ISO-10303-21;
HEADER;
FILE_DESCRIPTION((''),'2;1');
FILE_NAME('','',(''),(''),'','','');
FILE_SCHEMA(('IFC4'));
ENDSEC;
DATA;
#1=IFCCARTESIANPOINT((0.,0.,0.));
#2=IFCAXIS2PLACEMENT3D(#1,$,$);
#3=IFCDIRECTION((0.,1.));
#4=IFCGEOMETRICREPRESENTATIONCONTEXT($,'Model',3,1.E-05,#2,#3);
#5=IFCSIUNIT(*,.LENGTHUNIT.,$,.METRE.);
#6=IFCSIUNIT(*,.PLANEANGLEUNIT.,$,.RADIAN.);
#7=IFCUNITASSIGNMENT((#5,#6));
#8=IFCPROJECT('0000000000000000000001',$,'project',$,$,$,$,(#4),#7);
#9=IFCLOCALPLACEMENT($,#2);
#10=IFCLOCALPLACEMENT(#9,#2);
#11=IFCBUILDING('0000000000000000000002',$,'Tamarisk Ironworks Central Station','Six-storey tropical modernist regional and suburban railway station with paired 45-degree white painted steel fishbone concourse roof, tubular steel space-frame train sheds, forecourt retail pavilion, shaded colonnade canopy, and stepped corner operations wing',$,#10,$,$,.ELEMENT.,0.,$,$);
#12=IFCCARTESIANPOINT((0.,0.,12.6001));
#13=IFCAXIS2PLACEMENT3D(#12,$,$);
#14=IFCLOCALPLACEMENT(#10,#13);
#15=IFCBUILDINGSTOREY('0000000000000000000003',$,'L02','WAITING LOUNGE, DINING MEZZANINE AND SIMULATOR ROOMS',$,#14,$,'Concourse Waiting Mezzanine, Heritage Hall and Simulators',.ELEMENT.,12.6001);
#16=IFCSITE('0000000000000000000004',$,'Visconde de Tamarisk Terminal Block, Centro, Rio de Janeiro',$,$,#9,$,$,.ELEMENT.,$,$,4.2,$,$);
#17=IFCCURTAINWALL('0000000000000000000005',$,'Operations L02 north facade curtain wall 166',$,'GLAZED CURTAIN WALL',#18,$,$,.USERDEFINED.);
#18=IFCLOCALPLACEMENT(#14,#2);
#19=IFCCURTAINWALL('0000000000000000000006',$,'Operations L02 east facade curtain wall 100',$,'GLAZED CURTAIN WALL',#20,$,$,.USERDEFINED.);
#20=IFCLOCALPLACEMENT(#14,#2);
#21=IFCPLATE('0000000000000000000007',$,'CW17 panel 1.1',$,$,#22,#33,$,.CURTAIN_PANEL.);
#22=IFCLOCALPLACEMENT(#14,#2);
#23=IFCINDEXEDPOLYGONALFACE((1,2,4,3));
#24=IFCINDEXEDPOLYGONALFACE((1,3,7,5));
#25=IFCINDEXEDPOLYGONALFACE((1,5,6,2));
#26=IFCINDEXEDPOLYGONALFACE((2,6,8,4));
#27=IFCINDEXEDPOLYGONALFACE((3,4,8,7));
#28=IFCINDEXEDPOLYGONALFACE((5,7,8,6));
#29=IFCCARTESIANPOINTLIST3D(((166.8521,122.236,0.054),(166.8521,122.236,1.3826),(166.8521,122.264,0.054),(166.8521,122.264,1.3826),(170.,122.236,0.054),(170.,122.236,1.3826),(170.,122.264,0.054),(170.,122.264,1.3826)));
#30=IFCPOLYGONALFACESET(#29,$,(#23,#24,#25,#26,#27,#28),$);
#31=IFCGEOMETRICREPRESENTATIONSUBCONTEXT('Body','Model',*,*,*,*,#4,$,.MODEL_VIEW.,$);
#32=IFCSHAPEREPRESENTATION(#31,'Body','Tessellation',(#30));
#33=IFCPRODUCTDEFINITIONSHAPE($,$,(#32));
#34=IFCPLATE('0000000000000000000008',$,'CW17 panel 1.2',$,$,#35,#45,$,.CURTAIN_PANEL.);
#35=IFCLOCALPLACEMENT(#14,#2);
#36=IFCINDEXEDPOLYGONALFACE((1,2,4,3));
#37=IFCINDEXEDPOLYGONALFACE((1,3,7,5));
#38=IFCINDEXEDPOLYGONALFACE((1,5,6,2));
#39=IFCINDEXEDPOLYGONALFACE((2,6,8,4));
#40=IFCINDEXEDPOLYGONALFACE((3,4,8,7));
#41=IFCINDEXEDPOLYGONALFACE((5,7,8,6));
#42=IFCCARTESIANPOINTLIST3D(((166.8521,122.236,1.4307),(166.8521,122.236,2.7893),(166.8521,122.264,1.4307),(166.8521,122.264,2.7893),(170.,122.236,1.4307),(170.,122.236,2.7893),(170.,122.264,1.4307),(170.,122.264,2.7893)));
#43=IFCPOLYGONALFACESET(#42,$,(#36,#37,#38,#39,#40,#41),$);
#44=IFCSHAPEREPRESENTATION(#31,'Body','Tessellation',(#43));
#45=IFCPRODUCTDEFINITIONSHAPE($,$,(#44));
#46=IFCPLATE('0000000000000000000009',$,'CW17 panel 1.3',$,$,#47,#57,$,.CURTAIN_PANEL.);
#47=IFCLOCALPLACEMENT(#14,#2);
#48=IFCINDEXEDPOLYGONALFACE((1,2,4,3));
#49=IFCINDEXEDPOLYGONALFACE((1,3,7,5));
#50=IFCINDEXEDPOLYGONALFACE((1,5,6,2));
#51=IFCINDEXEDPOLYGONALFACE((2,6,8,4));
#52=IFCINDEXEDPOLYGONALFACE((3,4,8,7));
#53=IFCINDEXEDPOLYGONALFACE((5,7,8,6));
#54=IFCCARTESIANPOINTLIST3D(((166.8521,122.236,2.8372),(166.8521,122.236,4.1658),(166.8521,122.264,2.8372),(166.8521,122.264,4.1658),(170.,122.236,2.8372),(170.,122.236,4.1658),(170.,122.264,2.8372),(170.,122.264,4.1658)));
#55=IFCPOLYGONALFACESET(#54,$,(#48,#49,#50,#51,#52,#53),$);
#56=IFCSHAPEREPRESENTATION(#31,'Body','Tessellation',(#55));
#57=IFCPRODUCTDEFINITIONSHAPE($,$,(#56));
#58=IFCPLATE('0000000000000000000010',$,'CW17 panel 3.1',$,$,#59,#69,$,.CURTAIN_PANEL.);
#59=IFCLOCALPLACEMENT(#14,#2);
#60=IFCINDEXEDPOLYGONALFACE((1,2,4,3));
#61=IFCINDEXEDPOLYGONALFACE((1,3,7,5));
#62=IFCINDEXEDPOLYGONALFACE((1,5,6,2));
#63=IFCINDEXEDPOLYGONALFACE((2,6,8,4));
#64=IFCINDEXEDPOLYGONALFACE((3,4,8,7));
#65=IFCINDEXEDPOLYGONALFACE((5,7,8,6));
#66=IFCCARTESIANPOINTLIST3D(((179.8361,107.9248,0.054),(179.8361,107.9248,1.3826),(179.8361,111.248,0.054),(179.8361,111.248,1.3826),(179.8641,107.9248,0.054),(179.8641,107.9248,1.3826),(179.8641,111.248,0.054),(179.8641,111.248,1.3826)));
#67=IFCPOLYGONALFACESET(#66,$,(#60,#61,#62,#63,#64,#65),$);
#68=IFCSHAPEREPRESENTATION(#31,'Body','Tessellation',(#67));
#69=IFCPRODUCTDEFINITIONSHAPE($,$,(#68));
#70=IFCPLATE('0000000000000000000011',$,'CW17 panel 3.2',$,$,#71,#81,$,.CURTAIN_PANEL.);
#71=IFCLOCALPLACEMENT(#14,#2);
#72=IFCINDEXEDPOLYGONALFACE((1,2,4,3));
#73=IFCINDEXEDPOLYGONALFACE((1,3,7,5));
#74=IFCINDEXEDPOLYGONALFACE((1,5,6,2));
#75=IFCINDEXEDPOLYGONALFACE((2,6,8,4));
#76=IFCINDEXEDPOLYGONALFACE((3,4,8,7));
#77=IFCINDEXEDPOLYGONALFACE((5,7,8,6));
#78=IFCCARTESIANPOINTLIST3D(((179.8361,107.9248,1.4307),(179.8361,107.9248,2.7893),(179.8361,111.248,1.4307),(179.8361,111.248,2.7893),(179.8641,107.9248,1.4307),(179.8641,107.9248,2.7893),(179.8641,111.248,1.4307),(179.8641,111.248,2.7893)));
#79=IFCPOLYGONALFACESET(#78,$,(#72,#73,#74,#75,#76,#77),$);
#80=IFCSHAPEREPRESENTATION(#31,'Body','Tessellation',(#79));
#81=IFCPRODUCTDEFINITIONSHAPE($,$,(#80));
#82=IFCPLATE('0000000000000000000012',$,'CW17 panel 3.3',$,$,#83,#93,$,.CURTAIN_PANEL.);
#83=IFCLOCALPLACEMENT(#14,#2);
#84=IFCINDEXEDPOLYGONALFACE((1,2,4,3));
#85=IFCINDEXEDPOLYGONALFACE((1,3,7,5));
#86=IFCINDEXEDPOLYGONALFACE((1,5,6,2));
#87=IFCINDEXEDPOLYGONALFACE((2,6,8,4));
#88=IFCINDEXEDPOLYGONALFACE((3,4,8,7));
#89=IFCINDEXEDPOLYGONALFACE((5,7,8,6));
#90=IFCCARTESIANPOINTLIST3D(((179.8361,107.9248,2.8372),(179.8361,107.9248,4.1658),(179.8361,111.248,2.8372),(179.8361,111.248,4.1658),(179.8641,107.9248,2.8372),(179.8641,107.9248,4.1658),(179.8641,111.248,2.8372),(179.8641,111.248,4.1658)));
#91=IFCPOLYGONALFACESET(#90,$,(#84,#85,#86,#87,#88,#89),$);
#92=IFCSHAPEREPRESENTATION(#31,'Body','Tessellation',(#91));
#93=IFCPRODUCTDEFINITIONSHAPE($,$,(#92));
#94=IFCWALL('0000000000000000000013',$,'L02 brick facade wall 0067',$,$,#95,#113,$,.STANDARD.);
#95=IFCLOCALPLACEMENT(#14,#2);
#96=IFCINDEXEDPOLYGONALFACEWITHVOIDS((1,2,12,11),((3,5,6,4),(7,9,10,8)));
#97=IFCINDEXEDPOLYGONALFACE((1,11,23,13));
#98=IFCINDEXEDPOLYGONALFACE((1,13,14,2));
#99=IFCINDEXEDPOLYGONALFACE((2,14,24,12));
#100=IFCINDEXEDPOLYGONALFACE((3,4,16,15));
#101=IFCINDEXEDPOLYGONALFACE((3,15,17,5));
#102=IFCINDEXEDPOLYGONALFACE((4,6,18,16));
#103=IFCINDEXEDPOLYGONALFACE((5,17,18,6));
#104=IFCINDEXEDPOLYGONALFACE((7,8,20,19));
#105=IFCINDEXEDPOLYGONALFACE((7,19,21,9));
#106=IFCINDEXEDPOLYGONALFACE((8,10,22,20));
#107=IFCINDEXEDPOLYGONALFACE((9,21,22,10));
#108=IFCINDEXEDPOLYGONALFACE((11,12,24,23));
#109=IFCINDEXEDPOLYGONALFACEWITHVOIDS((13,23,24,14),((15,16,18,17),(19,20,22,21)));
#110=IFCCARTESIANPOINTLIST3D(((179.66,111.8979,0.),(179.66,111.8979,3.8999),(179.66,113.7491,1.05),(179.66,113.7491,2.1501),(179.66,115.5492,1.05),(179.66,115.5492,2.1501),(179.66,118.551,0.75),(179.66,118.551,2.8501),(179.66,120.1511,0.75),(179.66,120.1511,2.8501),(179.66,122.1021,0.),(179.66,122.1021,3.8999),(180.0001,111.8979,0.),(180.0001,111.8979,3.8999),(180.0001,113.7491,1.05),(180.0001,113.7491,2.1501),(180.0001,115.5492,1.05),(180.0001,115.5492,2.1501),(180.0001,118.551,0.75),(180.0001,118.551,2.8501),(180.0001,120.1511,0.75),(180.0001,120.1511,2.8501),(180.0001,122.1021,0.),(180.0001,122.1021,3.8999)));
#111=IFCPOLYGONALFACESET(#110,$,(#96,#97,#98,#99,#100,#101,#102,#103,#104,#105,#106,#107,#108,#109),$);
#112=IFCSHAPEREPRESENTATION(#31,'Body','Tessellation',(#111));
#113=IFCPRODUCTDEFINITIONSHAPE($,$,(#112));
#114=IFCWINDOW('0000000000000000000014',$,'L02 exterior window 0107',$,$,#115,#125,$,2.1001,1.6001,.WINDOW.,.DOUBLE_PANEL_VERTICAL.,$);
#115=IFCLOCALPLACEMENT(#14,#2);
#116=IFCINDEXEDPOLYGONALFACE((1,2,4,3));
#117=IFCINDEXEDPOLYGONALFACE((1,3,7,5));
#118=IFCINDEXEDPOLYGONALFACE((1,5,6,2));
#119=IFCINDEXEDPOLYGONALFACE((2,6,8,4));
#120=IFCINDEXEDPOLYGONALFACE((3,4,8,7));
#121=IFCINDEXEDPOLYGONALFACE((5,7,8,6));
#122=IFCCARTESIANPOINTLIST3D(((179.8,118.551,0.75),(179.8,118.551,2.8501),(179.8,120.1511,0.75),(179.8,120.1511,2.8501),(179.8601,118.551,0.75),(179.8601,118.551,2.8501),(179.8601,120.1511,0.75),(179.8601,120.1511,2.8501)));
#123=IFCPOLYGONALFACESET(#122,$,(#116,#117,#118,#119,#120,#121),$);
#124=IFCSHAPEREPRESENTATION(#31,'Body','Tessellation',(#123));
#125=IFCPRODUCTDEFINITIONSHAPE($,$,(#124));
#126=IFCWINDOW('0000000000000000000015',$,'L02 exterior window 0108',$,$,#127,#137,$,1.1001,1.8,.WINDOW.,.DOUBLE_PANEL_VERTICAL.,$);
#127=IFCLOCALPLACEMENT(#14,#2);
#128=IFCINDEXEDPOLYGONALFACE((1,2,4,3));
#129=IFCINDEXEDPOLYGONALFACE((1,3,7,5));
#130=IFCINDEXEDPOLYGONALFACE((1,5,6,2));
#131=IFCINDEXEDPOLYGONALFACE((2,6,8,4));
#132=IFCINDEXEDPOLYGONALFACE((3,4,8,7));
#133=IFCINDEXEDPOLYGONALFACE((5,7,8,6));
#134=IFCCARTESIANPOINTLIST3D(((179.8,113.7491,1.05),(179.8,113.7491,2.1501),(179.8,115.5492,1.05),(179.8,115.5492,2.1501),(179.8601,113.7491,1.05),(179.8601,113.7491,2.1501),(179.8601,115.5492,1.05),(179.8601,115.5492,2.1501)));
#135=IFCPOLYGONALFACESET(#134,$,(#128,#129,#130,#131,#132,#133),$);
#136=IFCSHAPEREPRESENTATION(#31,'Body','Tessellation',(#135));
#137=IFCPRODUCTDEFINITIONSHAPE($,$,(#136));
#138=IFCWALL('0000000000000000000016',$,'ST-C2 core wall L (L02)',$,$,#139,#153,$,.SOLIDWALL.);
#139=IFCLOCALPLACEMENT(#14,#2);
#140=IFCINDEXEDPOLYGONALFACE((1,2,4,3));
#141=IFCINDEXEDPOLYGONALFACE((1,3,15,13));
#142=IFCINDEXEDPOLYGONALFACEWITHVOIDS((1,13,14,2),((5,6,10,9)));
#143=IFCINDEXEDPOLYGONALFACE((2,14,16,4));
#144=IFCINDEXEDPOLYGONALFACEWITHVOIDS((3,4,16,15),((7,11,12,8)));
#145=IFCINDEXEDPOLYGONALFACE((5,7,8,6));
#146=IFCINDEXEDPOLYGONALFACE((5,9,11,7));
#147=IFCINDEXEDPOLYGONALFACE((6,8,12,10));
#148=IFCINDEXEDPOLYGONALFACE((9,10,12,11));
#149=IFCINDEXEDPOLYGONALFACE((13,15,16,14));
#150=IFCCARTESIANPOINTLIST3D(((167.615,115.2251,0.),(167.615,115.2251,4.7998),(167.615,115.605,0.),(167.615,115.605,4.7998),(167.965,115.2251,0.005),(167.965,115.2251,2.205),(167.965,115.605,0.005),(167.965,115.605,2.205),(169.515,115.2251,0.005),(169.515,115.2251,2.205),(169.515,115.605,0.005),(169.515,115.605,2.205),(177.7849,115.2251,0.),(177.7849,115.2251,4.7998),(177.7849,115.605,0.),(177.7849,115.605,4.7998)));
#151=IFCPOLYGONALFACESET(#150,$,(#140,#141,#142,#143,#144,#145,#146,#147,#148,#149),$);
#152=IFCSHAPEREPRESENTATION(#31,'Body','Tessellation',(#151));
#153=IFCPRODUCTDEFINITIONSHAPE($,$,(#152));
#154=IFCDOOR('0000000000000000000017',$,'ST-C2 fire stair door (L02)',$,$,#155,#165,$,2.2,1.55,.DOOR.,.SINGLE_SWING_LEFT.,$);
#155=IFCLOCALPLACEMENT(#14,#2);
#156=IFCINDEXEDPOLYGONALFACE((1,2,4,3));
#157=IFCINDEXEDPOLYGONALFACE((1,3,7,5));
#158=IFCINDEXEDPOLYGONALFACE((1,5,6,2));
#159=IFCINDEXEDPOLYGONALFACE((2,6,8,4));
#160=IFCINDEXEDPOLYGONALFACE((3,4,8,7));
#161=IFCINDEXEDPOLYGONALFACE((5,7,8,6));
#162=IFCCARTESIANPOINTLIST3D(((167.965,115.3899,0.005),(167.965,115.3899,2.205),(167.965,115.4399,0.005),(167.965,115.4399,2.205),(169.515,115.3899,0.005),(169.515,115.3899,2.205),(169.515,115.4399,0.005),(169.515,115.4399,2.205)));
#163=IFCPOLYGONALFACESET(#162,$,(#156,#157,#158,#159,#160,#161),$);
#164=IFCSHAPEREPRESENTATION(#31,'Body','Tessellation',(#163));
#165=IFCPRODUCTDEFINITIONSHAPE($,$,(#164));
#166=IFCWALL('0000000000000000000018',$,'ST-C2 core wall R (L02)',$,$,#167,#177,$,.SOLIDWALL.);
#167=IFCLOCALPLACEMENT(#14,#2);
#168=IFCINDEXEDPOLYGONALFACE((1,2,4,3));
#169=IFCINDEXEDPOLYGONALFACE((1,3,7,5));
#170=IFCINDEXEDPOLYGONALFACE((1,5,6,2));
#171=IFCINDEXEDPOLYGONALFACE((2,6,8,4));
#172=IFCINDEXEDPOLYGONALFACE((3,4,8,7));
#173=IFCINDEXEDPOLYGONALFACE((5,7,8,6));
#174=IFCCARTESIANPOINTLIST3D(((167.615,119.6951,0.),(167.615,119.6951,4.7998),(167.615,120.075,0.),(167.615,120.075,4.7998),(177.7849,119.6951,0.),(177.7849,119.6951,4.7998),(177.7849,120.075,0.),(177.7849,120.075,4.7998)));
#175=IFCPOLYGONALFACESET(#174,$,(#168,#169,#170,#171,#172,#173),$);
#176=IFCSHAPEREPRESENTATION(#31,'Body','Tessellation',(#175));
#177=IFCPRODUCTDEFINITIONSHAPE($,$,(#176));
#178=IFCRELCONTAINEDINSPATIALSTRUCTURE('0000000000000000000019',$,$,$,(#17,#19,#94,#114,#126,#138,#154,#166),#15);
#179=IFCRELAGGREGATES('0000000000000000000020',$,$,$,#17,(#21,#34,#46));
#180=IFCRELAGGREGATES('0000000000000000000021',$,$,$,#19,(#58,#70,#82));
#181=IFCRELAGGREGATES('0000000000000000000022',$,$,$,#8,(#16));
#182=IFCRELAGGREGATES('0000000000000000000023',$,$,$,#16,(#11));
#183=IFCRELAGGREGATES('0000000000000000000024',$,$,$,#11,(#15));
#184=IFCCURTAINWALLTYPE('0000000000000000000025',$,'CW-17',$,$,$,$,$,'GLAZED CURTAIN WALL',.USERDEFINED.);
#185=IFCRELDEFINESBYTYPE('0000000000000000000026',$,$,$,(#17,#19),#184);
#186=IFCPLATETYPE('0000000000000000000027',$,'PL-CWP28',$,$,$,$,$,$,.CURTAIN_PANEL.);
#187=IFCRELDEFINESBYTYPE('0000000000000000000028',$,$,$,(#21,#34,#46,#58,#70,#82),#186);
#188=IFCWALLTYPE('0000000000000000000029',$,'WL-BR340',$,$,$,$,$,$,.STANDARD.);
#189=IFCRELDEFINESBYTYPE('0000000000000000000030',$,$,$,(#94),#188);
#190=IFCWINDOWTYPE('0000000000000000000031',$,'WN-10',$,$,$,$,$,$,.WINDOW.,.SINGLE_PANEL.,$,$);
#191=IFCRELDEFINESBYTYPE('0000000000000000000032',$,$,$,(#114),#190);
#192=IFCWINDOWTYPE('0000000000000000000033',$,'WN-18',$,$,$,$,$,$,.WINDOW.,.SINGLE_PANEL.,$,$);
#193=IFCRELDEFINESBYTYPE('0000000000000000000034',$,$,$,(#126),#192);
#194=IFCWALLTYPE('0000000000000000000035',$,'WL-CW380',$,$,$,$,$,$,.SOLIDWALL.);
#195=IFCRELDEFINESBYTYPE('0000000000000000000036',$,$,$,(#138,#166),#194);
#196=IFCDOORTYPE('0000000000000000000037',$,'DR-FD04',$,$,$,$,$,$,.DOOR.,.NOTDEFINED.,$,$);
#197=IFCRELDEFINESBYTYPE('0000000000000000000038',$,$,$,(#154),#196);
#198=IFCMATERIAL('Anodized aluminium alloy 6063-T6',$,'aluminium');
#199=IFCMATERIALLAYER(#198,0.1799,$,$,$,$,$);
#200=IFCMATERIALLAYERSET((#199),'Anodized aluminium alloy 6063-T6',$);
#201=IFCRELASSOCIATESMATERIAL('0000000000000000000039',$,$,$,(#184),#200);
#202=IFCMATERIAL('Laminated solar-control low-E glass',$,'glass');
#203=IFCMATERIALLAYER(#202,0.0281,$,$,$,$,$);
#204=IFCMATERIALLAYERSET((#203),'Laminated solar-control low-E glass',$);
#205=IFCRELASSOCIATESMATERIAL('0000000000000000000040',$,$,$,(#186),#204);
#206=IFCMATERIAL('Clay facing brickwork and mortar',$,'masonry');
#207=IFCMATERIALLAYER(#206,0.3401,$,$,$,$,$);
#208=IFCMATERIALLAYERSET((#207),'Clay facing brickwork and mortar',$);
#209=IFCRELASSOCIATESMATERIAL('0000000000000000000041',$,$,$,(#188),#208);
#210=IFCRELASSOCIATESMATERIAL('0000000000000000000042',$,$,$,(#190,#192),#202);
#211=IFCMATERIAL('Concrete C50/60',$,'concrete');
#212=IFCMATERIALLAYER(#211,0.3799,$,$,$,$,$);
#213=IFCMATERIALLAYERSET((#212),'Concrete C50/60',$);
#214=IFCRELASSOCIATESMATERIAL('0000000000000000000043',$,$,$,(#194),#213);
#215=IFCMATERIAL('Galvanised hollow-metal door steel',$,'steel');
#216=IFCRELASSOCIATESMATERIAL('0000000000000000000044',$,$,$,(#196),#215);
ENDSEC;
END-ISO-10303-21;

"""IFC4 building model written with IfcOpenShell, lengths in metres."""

from ifc_helpers import new_model, si_unit, direction, frame, frame_2d, origin, origin_2d, place, context, subcontext, project, spatial, rectangle, extrude, material, layer, layer_set, type_object, element, fill, aggregate, save


model = new_model("IFC4")

# Units and contexts
model_context = context("Model", 3, precision=1e-05, world=origin(), true_north=direction((0.0, 1.0)))
body_context = subcontext(model_context, "Body", "Model", "MODEL_VIEW")
ifc_project = project(units=[si_unit("LENGTHUNIT", "METRE"), si_unit("PLANEANGLEUNIT", "RADIAN")], contexts=[model_context])

# Site, building, storey
site_placement = place(None, origin())
site = spatial("IfcSite", under=ifc_project, at=site_placement, Name="Visconde de Tamarisk Terminal Block, Centro, Rio de Janeiro", CompositionType="ELEMENT", RefElevation=4.2)
building_placement = place(site_placement, origin())
building = spatial("IfcBuilding", under=site, at=building_placement, Name="Tamarisk Ironworks Central Station", Description="Six-storey tropical modernist regional and suburban railway station with paired 45-degree white painted steel fishbone concourse roof, tubular steel space-frame train sheds, forecourt retail pavilion, shaded colonnade canopy, and stepped corner operations wing", CompositionType="ELEMENT", ElevationOfRefHeight=0.0)
storey_placement = place(building_placement, frame((0.0, 0.0, 12.6001)))
storey = spatial("IfcBuildingStorey", under=building, at=storey_placement, Name="L02", Description="WAITING LOUNGE, DINING MEZZANINE AND SIMULATOR ROOMS", LongName="Concourse Waiting Mezzanine, Heritage Hall and Simulators", CompositionType="ELEMENT", Elevation=12.6001)

# Shared definitions
ifc_material_1 = material(Name="Concrete C50/60", Category="concrete")

# Curtain walls
ifc_material_2 = material(Name="Anodized aluminium alloy 6063-T6", Category="aluminium")
ifc_layer_1 = layer(ifc_material_2, 0.1799)
ifc_layer_set_1 = layer_set([ifc_layer_1], Name="Anodized aluminium alloy 6063-T6")
curtain_wall_type = type_object("IfcCurtainWallType", Name="CW-17", ElementType="GLAZED CURTAIN WALL", PredefinedType="USERDEFINED", material=ifc_layer_set_1)
curtain_wall_1_placement = place(storey_placement, origin())
curtain_wall_1 = element("IfcCurtainWall", 1, at=curtain_wall_1_placement, inside=storey, type_object=curtain_wall_type, Name="Operations L02 north facade curtain wall 166", ObjectType="GLAZED CURTAIN WALL", PredefinedType="USERDEFINED")
curtain_wall_2_placement = place(storey_placement, origin())
curtain_wall_2 = element("IfcCurtainWall", 2, at=curtain_wall_2_placement, inside=storey, type_object=curtain_wall_type, Name="Operations L02 east facade curtain wall 100", ObjectType="GLAZED CURTAIN WALL", PredefinedType="USERDEFINED")

# Plates
ifc_material_3 = material(Name="Laminated solar-control low-E glass", Category="glass")
ifc_layer_2 = layer(ifc_material_3, 0.0281)
ifc_layer_set_2 = layer_set([ifc_layer_2], Name="Laminated solar-control low-E glass")
plate_type = type_object("IfcPlateType", Name="PL-CWP28", PredefinedType="CURTAIN_PANEL", material=ifc_layer_set_2)
plate_1_placement = place(storey_placement, frame((168.426, 122.25, 0.054), z_axis=(0.0, 0.0, 1.0), x_axis=(1.0, 0.0, 0.0)))
plate_1 = element("IfcPlate", 3, at=plate_1_placement, type_object=plate_type, Name="CW17 panel 1.1", PredefinedType="CURTAIN_PANEL", context=body_context, shape_type="SweptSolid", body=[
    extrude(rectangle(XDim=3.1479, YDim=0.0281, at=origin_2d()), origin(), (0.0, 0.0, 1.0), 1.3286),
])
plate_2_placement = place(storey_placement, frame((168.426, 122.25, 1.4307), z_axis=(0.0, 0.0, 1.0), x_axis=(1.0, 0.0, 0.0)))
plate_2 = element("IfcPlate", 4, at=plate_2_placement, type_object=plate_type, Name="CW17 panel 1.2", PredefinedType="CURTAIN_PANEL", context=body_context, shape_type="SweptSolid", body=[
    extrude(rectangle(XDim=3.1479, YDim=0.0281, at=origin_2d()), origin(), (0.0, 0.0, 1.0), 1.3586),
])
plate_3_placement = place(storey_placement, frame((168.426, 122.25, 2.8372), z_axis=(0.0, 0.0, 1.0), x_axis=(1.0, 0.0, 0.0)))
plate_3 = element("IfcPlate", 5, at=plate_3_placement, type_object=plate_type, Name="CW17 panel 1.3", PredefinedType="CURTAIN_PANEL", context=body_context, shape_type="SweptSolid", body=[
    extrude(rectangle(XDim=3.1479, YDim=0.0281, at=origin_2d()), origin(), (0.0, 0.0, 1.0), 1.3286),
])
aggregate(curtain_wall_1, [plate_1, plate_2, plate_3])
plate_4_placement = place(storey_placement, frame((179.8501, 109.5864, 0.054), z_axis=(0.0, 0.0, 1.0), x_axis=(0.0, 1.0, 0.0)))
plate_4 = element("IfcPlate", 6, at=plate_4_placement, type_object=plate_type, Name="CW17 panel 3.1", PredefinedType="CURTAIN_PANEL", context=body_context, shape_type="SweptSolid", body=[
    extrude(rectangle(XDim=3.3232, YDim=0.0281, at=origin_2d()), origin(), (0.0, 0.0, 1.0), 1.3286),
])
plate_5_placement = place(storey_placement, frame((179.8501, 109.5864, 1.4307), z_axis=(0.0, 0.0, 1.0), x_axis=(0.0, 1.0, 0.0)))
plate_5 = element("IfcPlate", 7, at=plate_5_placement, type_object=plate_type, Name="CW17 panel 3.2", PredefinedType="CURTAIN_PANEL", context=body_context, shape_type="SweptSolid", body=[
    extrude(rectangle(XDim=3.3232, YDim=0.0281, at=origin_2d()), origin(), (0.0, 0.0, 1.0), 1.3586),
])
plate_6_placement = place(storey_placement, frame((179.8501, 109.5864, 2.8372), z_axis=(0.0, 0.0, 1.0), x_axis=(0.0, 1.0, 0.0)))
plate_6 = element("IfcPlate", 8, at=plate_6_placement, type_object=plate_type, Name="CW17 panel 3.3", PredefinedType="CURTAIN_PANEL", context=body_context, shape_type="SweptSolid", body=[
    extrude(rectangle(XDim=3.3232, YDim=0.0281, at=origin_2d()), origin(), (0.0, 0.0, 1.0), 1.3286),
])
aggregate(curtain_wall_2, [plate_4, plate_5, plate_6])

# Wall, openings, windows
ifc_material_4 = material(Name="Clay facing brickwork and mortar", Category="masonry")
ifc_layer_3 = layer(ifc_material_4, 0.3401)
ifc_layer_set_3 = layer_set([ifc_layer_3], Name="Clay facing brickwork and mortar")
wall_type_1 = type_object("IfcWallType", Name="WL-BR340", PredefinedType="STANDARD", material=ifc_layer_set_3)
wall_1_placement = place(storey_placement, frame((179.8301, 122.1021, 0.0), z_axis=(0.0, 0.0, 1.0), x_axis=(0.0, -1.0, 0.0)))
wall_1 = element("IfcWall", 9, at=wall_1_placement, inside=storey, type_object=wall_type_1, Name="L02 brick facade wall 0067", PredefinedType="STANDARD", context=body_context, shape_type="SweptSolid", body=[
    extrude(rectangle(XDim=10.2041, YDim=0.3401, at=frame_2d((5.1021, 0.0))), origin(), (0.0, 0.0, 1.0), 3.8999),
])
opening_1_placement = place(wall_1_placement, frame((1.9509, 0.0, 0.75)))
opening_1 = element("IfcOpeningElement", 10, at=opening_1_placement, cuts=wall_1, PredefinedType="OPENING", context=body_context, shape_type="SweptSolid", body=[
    extrude(rectangle(XDim=1.6001, YDim=2.1001, at=frame_2d((0.8, 1.05))), frame((0.0, 0.1821, 0.0), z_axis=(0.0, -1.0, 0.0), x_axis=(1.0, 0.0, 0.0)), (0.0, 0.0, 1.0), 0.364),
])
opening_2_placement = place(wall_1_placement, frame((6.553, 0.0, 1.05)))
opening_2 = element("IfcOpeningElement", 11, at=opening_2_placement, cuts=wall_1, PredefinedType="OPENING", context=body_context, shape_type="SweptSolid", body=[
    extrude(rectangle(XDim=1.8, YDim=1.1001, at=frame_2d((0.8999, 0.55))), frame((0.0, 0.1821, 0.0), z_axis=(0.0, -1.0, 0.0), x_axis=(1.0, 0.0, 0.0)), (0.0, 0.0, 1.0), 0.364),
])
window_type_1 = type_object("IfcWindowType", Name="WN-10", PartitioningType="SINGLE_PANEL", PredefinedType="WINDOW", material=ifc_material_3)
window_1_placement = place(opening_1_placement, origin())
window_1 = element("IfcWindow", 12, at=window_1_placement, inside=storey, type_object=window_type_1, Name="L02 exterior window 0107", OverallHeight=2.1001, OverallWidth=1.6001, PartitioningType="DOUBLE_PANEL_VERTICAL", PredefinedType="WINDOW", context=body_context, shape_type="SweptSolid", body=[
    extrude(rectangle(XDim=1.6001, YDim=2.1001, at=frame_2d((0.8, 1.05))), frame((0.0, 0.03, 0.0), z_axis=(0.0, -1.0, 0.0), x_axis=(1.0, 0.0, 0.0)), (0.0, 0.0, 1.0), 0.0601),
])
fill(opening_1, window_1)
window_type_2 = type_object("IfcWindowType", Name="WN-18", PartitioningType="SINGLE_PANEL", PredefinedType="WINDOW", material=ifc_material_3)
window_2_placement = place(opening_2_placement, origin())
window_2 = element("IfcWindow", 13, at=window_2_placement, inside=storey, type_object=window_type_2, Name="L02 exterior window 0108", OverallHeight=1.1001, OverallWidth=1.8, PartitioningType="DOUBLE_PANEL_VERTICAL", PredefinedType="WINDOW", context=body_context, shape_type="SweptSolid", body=[
    extrude(rectangle(XDim=1.8, YDim=1.1001, at=frame_2d((0.8999, 0.55))), frame((0.0, 0.03, 0.0), z_axis=(0.0, -1.0, 0.0), x_axis=(1.0, 0.0, 0.0)), (0.0, 0.0, 1.0), 0.0601),
])
fill(opening_2, window_2)

# Wall, opening, door
ifc_layer_4 = layer(ifc_material_1, 0.3799)
ifc_layer_set_4 = layer_set([ifc_layer_4], Name="Concrete C50/60")
wall_type_2 = type_object("IfcWallType", Name="WL-CW380", PredefinedType="SOLIDWALL", material=ifc_layer_set_4)
wall_2_placement = place(storey_placement, frame((167.615, 115.415, 0.0), z_axis=(0.0, 0.0, 1.0), x_axis=(1.0, 0.0, 0.0)))
wall_2 = element("IfcWall", 14, at=wall_2_placement, inside=storey, type_object=wall_type_2, Name="ST-C2 core wall L (L02)", PredefinedType="SOLIDWALL", context=body_context, shape_type="SweptSolid", body=[
    extrude(rectangle(XDim=10.1699, YDim=0.3799, at=frame_2d((5.085, 0.0))), origin(), (0.0, 0.0, 1.0), 4.7998),
])
opening_3_placement = place(wall_2_placement, frame((0.3501, 0.0, 0.0049)))
opening_3 = element("IfcOpeningElement", 15, at=opening_3_placement, cuts=wall_2, PredefinedType="OPENING", context=body_context, shape_type="SweptSolid", body=[
    extrude(rectangle(XDim=1.55, YDim=2.2, at=frame_2d((0.7749, 1.1001))), frame((0.0, 0.2019, 0.0), z_axis=(0.0, -1.0, 0.0), x_axis=(1.0, 0.0, 0.0)), (0.0, 0.0, 1.0), 0.4038),
])
ifc_material_5 = material(Name="Galvanised hollow-metal door steel", Category="steel")
door_type_1 = type_object("IfcDoorType", Name="DR-FD04", OperationType="NOTDEFINED", PredefinedType="DOOR", material=ifc_material_5)
door_1_placement = place(opening_3_placement, origin())
door_1 = element("IfcDoor", 16, at=door_1_placement, inside=storey, type_object=door_type_1, Name="ST-C2 fire stair door (L02)", OperationType="SINGLE_SWING_LEFT", OverallHeight=2.2, OverallWidth=1.55, PredefinedType="DOOR", context=body_context, shape_type="SweptSolid", body=[
    extrude(rectangle(XDim=1.55, YDim=2.2, at=frame_2d((0.7749, 1.1001))), frame((0.0, 0.0249, 0.0), z_axis=(0.0, -1.0, 0.0), x_axis=(1.0, 0.0, 0.0)), (0.0, 0.0, 1.0), 0.05),
])
fill(opening_3, door_1)

# Wall
wall_3_placement = place(storey_placement, frame((167.615, 119.885, 0.0), z_axis=(0.0, 0.0, 1.0), x_axis=(1.0, 0.0, 0.0)))
element("IfcWall", 17, at=wall_3_placement, inside=storey, type_object=wall_type_2, Name="ST-C2 core wall R (L02)", PredefinedType="SOLIDWALL", context=body_context, shape_type="SweptSolid", body=[
    extrude(rectangle(XDim=10.1699, YDim=0.3799, at=frame_2d((5.085, 0.0))), origin(), (0.0, 0.0, 1.0), 4.7998),
])

save(model, "model.ifc")
